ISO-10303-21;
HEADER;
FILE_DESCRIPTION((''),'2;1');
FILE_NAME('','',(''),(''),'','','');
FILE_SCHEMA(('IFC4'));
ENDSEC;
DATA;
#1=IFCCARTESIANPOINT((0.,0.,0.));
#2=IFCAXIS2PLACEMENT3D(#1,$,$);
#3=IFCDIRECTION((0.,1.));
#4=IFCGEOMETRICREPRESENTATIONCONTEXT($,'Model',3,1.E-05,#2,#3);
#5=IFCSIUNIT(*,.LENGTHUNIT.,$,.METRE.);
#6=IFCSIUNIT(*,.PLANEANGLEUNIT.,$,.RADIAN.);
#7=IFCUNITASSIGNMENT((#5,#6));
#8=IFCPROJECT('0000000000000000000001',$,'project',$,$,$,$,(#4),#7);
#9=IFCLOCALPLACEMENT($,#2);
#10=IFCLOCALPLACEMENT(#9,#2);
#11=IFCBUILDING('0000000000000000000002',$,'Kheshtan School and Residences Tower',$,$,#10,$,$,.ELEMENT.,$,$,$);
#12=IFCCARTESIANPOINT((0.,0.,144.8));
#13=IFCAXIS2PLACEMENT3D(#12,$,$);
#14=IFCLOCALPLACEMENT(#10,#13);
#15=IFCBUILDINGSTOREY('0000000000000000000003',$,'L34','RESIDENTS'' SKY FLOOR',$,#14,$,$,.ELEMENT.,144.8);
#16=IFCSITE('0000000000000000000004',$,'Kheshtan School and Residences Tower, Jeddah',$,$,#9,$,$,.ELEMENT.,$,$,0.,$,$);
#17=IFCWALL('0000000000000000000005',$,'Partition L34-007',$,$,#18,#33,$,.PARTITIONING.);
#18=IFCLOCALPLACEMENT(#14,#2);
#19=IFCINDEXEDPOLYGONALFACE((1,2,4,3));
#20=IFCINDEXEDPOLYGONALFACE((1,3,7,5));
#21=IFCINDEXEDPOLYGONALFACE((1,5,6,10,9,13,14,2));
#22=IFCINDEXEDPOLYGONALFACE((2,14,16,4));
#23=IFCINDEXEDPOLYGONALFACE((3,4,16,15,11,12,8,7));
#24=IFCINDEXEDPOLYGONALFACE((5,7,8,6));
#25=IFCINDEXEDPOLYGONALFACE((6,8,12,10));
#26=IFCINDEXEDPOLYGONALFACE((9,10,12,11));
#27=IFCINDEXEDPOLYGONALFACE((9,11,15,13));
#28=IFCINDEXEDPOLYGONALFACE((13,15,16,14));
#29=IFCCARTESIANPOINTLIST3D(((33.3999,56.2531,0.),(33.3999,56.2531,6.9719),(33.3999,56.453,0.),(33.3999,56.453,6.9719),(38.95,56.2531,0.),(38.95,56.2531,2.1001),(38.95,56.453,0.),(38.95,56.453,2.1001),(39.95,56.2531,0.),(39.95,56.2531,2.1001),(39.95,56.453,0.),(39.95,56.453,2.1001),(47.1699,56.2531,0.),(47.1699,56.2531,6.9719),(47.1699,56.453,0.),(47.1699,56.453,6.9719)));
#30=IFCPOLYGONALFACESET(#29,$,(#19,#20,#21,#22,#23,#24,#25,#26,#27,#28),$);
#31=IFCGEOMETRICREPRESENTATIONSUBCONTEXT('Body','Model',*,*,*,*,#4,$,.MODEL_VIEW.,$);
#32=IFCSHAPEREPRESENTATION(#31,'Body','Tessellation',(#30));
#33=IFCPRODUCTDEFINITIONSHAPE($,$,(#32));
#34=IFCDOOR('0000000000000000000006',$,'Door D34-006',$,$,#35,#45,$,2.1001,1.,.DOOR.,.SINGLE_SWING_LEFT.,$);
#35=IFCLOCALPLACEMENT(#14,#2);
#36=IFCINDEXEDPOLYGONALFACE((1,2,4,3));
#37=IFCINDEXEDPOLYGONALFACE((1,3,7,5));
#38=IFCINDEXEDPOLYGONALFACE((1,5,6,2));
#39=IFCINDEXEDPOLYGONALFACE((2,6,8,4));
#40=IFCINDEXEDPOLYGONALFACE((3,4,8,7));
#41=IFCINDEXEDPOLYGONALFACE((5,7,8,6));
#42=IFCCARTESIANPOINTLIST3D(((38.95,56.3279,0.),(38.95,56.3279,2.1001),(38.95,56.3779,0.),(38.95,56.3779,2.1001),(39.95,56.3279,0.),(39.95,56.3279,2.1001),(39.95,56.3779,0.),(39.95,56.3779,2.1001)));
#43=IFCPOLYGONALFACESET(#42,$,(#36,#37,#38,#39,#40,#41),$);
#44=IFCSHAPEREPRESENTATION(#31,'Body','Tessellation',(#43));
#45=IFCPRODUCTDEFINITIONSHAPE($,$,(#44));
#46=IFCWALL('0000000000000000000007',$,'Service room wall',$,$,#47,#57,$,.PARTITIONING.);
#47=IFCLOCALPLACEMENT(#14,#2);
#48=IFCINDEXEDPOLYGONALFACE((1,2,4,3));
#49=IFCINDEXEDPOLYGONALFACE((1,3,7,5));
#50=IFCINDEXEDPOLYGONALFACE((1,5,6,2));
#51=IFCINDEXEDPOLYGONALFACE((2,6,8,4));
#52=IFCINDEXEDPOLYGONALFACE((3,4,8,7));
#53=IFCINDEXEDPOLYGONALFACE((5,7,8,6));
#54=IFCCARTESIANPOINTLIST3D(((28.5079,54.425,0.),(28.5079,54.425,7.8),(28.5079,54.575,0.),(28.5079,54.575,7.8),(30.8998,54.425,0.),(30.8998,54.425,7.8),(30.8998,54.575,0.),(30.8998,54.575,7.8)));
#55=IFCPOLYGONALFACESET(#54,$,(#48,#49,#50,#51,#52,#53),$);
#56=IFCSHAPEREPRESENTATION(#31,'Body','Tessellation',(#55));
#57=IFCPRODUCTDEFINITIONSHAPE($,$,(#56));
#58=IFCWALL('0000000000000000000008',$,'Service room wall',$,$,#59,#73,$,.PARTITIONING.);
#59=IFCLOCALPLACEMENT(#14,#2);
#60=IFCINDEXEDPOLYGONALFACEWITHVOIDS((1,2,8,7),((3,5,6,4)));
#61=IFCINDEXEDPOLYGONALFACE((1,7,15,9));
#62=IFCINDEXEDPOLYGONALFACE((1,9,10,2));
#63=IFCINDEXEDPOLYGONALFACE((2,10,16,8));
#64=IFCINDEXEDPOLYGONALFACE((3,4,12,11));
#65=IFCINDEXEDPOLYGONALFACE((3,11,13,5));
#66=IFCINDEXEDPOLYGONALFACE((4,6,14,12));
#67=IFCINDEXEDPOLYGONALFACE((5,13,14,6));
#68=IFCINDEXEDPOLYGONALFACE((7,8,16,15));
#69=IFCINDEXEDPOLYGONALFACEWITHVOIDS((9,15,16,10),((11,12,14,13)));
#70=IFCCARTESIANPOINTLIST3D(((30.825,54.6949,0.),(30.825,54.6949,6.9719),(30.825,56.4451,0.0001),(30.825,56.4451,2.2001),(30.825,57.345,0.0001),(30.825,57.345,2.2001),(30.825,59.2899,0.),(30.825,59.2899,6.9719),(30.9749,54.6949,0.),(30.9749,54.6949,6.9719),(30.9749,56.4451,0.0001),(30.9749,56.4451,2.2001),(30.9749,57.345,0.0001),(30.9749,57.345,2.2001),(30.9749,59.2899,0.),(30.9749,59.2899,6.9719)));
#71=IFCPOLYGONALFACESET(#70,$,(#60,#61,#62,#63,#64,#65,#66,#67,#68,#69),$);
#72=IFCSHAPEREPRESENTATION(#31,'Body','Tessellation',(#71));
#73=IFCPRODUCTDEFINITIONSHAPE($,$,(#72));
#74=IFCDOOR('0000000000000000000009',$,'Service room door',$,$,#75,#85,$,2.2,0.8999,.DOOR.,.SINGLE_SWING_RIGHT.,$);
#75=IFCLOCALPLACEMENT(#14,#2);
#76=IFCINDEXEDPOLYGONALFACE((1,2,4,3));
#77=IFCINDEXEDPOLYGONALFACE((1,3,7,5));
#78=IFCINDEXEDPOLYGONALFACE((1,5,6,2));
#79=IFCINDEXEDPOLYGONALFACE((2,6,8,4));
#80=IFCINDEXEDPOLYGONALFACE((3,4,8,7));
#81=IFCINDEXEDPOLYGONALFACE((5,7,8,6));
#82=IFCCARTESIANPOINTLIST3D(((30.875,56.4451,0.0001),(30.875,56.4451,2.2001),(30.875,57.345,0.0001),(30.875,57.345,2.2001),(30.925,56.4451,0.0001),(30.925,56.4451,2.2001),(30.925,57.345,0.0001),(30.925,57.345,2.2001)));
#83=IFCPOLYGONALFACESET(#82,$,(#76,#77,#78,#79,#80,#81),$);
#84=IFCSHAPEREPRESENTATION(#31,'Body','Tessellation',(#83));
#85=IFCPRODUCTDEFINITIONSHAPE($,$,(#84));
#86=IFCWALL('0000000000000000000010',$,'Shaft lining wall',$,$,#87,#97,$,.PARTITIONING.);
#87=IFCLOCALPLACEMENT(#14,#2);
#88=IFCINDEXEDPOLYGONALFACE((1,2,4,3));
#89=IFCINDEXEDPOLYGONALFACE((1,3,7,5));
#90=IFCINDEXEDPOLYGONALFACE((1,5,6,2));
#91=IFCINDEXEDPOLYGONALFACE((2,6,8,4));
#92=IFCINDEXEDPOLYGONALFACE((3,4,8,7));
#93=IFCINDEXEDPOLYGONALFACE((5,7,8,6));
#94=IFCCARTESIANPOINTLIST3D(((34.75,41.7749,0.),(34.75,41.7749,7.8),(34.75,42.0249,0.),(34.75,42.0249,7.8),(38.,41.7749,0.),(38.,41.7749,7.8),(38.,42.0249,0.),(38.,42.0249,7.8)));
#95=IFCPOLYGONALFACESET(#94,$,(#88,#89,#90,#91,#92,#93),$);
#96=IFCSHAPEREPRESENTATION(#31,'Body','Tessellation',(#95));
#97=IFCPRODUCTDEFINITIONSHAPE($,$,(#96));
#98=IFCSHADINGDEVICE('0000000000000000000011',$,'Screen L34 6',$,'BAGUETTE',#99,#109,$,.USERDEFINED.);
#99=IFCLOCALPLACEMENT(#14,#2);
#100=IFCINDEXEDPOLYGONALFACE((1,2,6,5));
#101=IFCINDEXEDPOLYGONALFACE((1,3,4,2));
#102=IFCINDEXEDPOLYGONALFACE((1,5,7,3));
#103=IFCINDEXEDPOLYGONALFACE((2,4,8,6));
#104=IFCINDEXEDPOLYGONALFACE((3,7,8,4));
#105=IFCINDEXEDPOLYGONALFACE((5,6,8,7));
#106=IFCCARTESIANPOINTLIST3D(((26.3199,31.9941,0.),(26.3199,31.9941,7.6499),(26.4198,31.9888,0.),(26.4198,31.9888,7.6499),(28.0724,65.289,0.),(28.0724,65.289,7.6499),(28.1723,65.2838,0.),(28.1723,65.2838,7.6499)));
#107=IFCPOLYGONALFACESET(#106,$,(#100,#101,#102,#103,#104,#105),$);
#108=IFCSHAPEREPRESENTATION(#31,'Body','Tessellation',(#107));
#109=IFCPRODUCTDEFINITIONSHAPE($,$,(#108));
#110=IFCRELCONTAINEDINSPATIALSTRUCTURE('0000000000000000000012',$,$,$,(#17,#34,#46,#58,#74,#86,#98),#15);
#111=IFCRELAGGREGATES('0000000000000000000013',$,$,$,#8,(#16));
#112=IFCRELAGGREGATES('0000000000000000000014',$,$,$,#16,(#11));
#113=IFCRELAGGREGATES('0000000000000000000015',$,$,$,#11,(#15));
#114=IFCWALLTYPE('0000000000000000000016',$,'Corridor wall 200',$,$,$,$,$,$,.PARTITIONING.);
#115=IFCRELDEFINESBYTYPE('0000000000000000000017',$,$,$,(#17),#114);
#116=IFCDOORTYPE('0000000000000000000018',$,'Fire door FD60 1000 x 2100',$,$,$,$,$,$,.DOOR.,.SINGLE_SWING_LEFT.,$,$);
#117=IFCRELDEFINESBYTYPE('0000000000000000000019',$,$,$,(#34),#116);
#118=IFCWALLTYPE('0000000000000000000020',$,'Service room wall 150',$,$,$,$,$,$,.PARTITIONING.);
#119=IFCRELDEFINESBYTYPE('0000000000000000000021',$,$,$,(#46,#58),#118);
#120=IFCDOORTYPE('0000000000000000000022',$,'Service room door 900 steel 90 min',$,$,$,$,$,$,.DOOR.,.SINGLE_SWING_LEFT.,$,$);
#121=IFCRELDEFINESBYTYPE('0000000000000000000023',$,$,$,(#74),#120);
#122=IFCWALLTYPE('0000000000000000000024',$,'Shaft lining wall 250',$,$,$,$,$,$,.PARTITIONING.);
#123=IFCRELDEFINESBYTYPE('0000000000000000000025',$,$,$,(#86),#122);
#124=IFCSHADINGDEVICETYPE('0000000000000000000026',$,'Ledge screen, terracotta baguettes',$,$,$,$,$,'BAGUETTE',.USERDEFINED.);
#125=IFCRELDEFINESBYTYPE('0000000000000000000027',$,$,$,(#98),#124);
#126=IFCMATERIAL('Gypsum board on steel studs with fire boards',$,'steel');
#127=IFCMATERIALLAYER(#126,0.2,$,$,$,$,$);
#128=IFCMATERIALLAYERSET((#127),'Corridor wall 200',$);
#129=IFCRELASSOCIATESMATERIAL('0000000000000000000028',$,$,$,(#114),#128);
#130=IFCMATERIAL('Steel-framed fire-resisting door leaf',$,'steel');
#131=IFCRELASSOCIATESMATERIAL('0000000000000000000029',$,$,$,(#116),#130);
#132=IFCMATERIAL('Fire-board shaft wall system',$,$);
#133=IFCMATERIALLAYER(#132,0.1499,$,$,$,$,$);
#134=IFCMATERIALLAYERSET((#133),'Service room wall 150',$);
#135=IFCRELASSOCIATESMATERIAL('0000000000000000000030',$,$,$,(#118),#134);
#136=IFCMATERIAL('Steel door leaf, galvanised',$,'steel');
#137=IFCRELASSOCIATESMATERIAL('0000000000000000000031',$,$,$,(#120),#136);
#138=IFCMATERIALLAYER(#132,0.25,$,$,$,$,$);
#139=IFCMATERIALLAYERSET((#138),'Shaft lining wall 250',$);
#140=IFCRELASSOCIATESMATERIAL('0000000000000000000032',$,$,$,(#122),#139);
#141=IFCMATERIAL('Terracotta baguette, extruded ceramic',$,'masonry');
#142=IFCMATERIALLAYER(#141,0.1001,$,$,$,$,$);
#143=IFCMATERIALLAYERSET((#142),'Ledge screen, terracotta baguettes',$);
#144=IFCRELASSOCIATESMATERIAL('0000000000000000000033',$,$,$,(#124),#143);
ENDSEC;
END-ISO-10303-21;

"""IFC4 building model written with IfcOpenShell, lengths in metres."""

from ifc_helpers import new_model, si_unit, direction, frame, frame_2d, origin, origin_2d, place, context, subcontext, project, spatial, rectangle, extrude, source, transform, mapped, material, layer, layer_set, type_object, element, fill, save


model = new_model("IFC4")

# Units and contexts
model_context = context("Model", 3, precision=1e-05, world=origin(), true_north=direction((0.0, 1.0)))
body_context = subcontext(model_context, "Body", "Model", "MODEL_VIEW")
ifc_project = project(units=[si_unit("LENGTHUNIT", "METRE"), si_unit("PLANEANGLEUNIT", "RADIAN")], contexts=[model_context])

# Site, building, storey
site_placement = place(None, origin())
site = spatial("IfcSite", under=ifc_project, at=site_placement, Name="Kheshtan School and Residences Tower, Jeddah", CompositionType="ELEMENT", RefElevation=0.0)
building_placement = place(site_placement, origin())
building = spatial("IfcBuilding", under=site, at=building_placement, Name="Kheshtan School and Residences Tower", CompositionType="ELEMENT")
storey_placement = place(building_placement, frame((0.0, 0.0, 144.8)))
storey = spatial("IfcBuildingStorey", under=building, at=storey_placement, Name="L34", Description="RESIDENTS' SKY FLOOR", CompositionType="ELEMENT", Elevation=144.8)

# Shared definitions
ifc_material_1 = material(Name="Steel door leaf, galvanised", Category="steel")

# Shared definitions
ifc_material_2 = material(Name="Gypsum board on steel studs with fire boards", Category="steel")
ifc_layer_1 = layer(ifc_material_2, 0.2)
ifc_layer_set_1 = layer_set([ifc_layer_1], Name="Corridor wall 200")
wall_type_1 = type_object("IfcWallType", Name="Corridor wall 200", PredefinedType="PARTITIONING", material=ifc_layer_set_1)
ifc_material_3 = material(Name="Steel-framed fire-resisting door leaf", Category="steel")

# Wall, opening, door
wall_1_placement = place(storey_placement, frame((33.3999, 56.353, 0.0), z_axis=(0.0, 0.0, 1.0), x_axis=(1.0, 0.0, 0.0)))
wall_1 = element("IfcWall", 1, at=wall_1_placement, inside=storey, type_object=wall_type_1, Name="Partition L34-007", PredefinedType="PARTITIONING", context=body_context, shape_type="SweptSolid", body=[
    extrude(rectangle(XDim=13.77, YDim=0.2, at=frame_2d((6.885, 0.0))), origin(), (0.0, 0.0, 1.0), 6.9719),
])
opening_1_placement = place(wall_1_placement, frame((5.55, 0.0, 0.0)))
opening_1 = element("IfcOpeningElement", 2, at=opening_1_placement, cuts=wall_1, PredefinedType="OPENING", context=body_context, shape_type="SweptSolid", body=[
    extrude(rectangle(XDim=1.0, YDim=2.1001, at=frame_2d((0.5, 1.05))), frame((0.0, 0.1099, 0.0), z_axis=(0.0, -1.0, 0.0), x_axis=(1.0, 0.0, 0.0)), (0.0, 0.0, 1.0), 0.22),
])
door_type_1 = type_object("IfcDoorType", Name="Fire door FD60 1000 x 2100", OperationType="SINGLE_SWING_LEFT", PredefinedType="DOOR", material=ifc_material_3)
shared_shape_1 = source(origin(), body_context, "Body", "SweptSolid", [
    extrude(rectangle(XDim=1.0, YDim=2.1001, at=frame_2d((0.5, 1.05))), frame((0.0, 0.0249, 0.0), z_axis=(0.0, -1.0, 0.0), x_axis=(1.0, 0.0, 0.0)), (0.0, 0.0, 1.0), 0.05),
])
door_1_placement = place(opening_1_placement, origin())
door_1 = element("IfcDoor", 3, at=door_1_placement, inside=storey, type_object=door_type_1, Name="Door D34-006", OperationType="SINGLE_SWING_LEFT", OverallHeight=2.1001, OverallWidth=1.0, PredefinedType="DOOR", context=body_context, shape_type="MappedRepresentation", body=[
    mapped(shared_shape_1, transform((0.0, 0.0, 0.0), x_axis=(1.0, 0.0, 0.0), y_axis=(0.0, 1.0, 0.0), z_axis=(0.0, 0.0, 1.0), scale=1.0)),
])
fill(opening_1, door_1)

# Wall
ifc_material_4 = material(Name="Fire-board shaft wall system")
ifc_layer_2 = layer(ifc_material_4, 0.1499)
ifc_layer_set_2 = layer_set([ifc_layer_2], Name="Service room wall 150")
wall_type_2 = type_object("IfcWallType", Name="Service room wall 150", PredefinedType="PARTITIONING", material=ifc_layer_set_2)
wall_2_placement = place(storey_placement, frame((28.5081, 54.5, 0.0), z_axis=(0.0, 0.0, 1.0), x_axis=(1.0, 0.0, 0.0)))
element("IfcWall", 4, at=wall_2_placement, inside=storey, type_object=wall_type_2, Name="Service room wall", PredefinedType="PARTITIONING", context=body_context, shape_type="SweptSolid", body=[
    extrude(rectangle(XDim=2.3918, YDim=0.1499, at=frame_2d((1.1958, 0.0))), origin(), (0.0, 0.0, 1.0), 7.8),
])

# Wall, opening, door
wall_3_placement = place(storey_placement, frame((30.8999, 54.6951, 0.0), z_axis=(0.0, 0.0, 1.0), x_axis=(0.0, 1.0, 0.0)))
wall_3 = element("IfcWall", 5, at=wall_3_placement, inside=storey, type_object=wall_type_2, Name="Service room wall", PredefinedType="PARTITIONING", context=body_context, shape_type="SweptSolid", body=[
    extrude(rectangle(XDim=4.595, YDim=0.1499, at=frame_2d((2.2974, 0.0))), origin(), (0.0, 0.0, 1.0), 6.9719),
])
opening_2_placement = place(wall_3_placement, frame((1.75, 0.0, 0.0)))
opening_2 = element("IfcOpeningElement", 6, at=opening_2_placement, cuts=wall_3, PredefinedType="OPENING", context=body_context, shape_type="SweptSolid", body=[
    extrude(rectangle(XDim=0.8999, YDim=2.2, at=frame_2d((0.45, 1.1001))), frame((0.0, 0.085, 0.0), z_axis=(0.0, -1.0, 0.0), x_axis=(1.0, 0.0, 0.0)), (0.0, 0.0, 1.0), 0.1699),
])
door_type_2 = type_object("IfcDoorType", Name="Service room door 900 steel 90 min", OperationType="SINGLE_SWING_LEFT", PredefinedType="DOOR", material=ifc_material_1)
shared_shape_2 = source(origin(), body_context, "Body", "SweptSolid", [
    extrude(rectangle(XDim=0.8999, YDim=2.2, at=frame_2d((0.45, 1.1001))), frame((0.0, 0.0249, 0.0), z_axis=(0.0, -1.0, 0.0), x_axis=(1.0, 0.0, 0.0)), (0.0, 0.0, 1.0), 0.05),
])
door_2_placement = place(opening_2_placement, origin())
door_2 = element("IfcDoor", 7, at=door_2_placement, inside=storey, type_object=door_type_2, Name="Service room door", OperationType="SINGLE_SWING_RIGHT", OverallHeight=2.2, OverallWidth=0.8999, PredefinedType="DOOR", context=body_context, shape_type="MappedRepresentation", body=[
    mapped(shared_shape_2, transform((0.0, 0.0, 0.0), x_axis=(1.0, 0.0, 0.0), y_axis=(0.0, 1.0, 0.0), z_axis=(0.0, 0.0, 1.0), scale=1.0)),
])
fill(opening_2, door_2)

# Wall
ifc_layer_3 = layer(ifc_material_4, 0.25)
ifc_layer_set_3 = layer_set([ifc_layer_3], Name="Shaft lining wall 250")
wall_type_3 = type_object("IfcWallType", Name="Shaft lining wall 250", PredefinedType="PARTITIONING", material=ifc_layer_set_3)
wall_4_placement = place(storey_placement, frame((34.75, 41.8999, 0.0), z_axis=(0.0, 0.0, 1.0), x_axis=(1.0, 0.0, 0.0)))
element("IfcWall", 8, at=wall_4_placement, inside=storey, type_object=wall_type_3, Name="Shaft lining wall", PredefinedType="PARTITIONING", context=body_context, shape_type="SweptSolid", body=[
    extrude(rectangle(XDim=3.25, YDim=0.25, at=frame_2d((1.625, 0.0))), origin(), (0.0, 0.0, 1.0), 7.8),
])

# Shading device
ifc_material_5 = material(Name="Terracotta baguette, extruded ceramic", Category="masonry")
ifc_layer_4 = layer(ifc_material_5, 0.1001)
ifc_layer_set_4 = layer_set([ifc_layer_4], Name="Ledge screen, terracotta baguettes")
shading_device_type = type_object("IfcShadingDeviceType", Name="Ledge screen, terracotta baguettes", ElementType="BAGUETTE", PredefinedType="USERDEFINED", material=ifc_layer_set_4)
shading_device_placement = place(storey_placement, frame((27.2461, 48.6389, 0.0), z_axis=(0.0, 0.0, 1.0), x_axis=(0.052563, 0.998618, 0.0)))
element("IfcShadingDevice", 9, at=shading_device_placement, inside=storey, type_object=shading_device_type, Name="Screen L34 6", ObjectType="BAGUETTE", PredefinedType="USERDEFINED", context=body_context, shape_type="SweptSolid", body=[
    extrude(rectangle(XDim=33.3411, YDim=0.1001, at=origin_2d()), origin(), (0.0, 0.0, 1.0), 7.6499),
])

save(model, "model.ifc")
